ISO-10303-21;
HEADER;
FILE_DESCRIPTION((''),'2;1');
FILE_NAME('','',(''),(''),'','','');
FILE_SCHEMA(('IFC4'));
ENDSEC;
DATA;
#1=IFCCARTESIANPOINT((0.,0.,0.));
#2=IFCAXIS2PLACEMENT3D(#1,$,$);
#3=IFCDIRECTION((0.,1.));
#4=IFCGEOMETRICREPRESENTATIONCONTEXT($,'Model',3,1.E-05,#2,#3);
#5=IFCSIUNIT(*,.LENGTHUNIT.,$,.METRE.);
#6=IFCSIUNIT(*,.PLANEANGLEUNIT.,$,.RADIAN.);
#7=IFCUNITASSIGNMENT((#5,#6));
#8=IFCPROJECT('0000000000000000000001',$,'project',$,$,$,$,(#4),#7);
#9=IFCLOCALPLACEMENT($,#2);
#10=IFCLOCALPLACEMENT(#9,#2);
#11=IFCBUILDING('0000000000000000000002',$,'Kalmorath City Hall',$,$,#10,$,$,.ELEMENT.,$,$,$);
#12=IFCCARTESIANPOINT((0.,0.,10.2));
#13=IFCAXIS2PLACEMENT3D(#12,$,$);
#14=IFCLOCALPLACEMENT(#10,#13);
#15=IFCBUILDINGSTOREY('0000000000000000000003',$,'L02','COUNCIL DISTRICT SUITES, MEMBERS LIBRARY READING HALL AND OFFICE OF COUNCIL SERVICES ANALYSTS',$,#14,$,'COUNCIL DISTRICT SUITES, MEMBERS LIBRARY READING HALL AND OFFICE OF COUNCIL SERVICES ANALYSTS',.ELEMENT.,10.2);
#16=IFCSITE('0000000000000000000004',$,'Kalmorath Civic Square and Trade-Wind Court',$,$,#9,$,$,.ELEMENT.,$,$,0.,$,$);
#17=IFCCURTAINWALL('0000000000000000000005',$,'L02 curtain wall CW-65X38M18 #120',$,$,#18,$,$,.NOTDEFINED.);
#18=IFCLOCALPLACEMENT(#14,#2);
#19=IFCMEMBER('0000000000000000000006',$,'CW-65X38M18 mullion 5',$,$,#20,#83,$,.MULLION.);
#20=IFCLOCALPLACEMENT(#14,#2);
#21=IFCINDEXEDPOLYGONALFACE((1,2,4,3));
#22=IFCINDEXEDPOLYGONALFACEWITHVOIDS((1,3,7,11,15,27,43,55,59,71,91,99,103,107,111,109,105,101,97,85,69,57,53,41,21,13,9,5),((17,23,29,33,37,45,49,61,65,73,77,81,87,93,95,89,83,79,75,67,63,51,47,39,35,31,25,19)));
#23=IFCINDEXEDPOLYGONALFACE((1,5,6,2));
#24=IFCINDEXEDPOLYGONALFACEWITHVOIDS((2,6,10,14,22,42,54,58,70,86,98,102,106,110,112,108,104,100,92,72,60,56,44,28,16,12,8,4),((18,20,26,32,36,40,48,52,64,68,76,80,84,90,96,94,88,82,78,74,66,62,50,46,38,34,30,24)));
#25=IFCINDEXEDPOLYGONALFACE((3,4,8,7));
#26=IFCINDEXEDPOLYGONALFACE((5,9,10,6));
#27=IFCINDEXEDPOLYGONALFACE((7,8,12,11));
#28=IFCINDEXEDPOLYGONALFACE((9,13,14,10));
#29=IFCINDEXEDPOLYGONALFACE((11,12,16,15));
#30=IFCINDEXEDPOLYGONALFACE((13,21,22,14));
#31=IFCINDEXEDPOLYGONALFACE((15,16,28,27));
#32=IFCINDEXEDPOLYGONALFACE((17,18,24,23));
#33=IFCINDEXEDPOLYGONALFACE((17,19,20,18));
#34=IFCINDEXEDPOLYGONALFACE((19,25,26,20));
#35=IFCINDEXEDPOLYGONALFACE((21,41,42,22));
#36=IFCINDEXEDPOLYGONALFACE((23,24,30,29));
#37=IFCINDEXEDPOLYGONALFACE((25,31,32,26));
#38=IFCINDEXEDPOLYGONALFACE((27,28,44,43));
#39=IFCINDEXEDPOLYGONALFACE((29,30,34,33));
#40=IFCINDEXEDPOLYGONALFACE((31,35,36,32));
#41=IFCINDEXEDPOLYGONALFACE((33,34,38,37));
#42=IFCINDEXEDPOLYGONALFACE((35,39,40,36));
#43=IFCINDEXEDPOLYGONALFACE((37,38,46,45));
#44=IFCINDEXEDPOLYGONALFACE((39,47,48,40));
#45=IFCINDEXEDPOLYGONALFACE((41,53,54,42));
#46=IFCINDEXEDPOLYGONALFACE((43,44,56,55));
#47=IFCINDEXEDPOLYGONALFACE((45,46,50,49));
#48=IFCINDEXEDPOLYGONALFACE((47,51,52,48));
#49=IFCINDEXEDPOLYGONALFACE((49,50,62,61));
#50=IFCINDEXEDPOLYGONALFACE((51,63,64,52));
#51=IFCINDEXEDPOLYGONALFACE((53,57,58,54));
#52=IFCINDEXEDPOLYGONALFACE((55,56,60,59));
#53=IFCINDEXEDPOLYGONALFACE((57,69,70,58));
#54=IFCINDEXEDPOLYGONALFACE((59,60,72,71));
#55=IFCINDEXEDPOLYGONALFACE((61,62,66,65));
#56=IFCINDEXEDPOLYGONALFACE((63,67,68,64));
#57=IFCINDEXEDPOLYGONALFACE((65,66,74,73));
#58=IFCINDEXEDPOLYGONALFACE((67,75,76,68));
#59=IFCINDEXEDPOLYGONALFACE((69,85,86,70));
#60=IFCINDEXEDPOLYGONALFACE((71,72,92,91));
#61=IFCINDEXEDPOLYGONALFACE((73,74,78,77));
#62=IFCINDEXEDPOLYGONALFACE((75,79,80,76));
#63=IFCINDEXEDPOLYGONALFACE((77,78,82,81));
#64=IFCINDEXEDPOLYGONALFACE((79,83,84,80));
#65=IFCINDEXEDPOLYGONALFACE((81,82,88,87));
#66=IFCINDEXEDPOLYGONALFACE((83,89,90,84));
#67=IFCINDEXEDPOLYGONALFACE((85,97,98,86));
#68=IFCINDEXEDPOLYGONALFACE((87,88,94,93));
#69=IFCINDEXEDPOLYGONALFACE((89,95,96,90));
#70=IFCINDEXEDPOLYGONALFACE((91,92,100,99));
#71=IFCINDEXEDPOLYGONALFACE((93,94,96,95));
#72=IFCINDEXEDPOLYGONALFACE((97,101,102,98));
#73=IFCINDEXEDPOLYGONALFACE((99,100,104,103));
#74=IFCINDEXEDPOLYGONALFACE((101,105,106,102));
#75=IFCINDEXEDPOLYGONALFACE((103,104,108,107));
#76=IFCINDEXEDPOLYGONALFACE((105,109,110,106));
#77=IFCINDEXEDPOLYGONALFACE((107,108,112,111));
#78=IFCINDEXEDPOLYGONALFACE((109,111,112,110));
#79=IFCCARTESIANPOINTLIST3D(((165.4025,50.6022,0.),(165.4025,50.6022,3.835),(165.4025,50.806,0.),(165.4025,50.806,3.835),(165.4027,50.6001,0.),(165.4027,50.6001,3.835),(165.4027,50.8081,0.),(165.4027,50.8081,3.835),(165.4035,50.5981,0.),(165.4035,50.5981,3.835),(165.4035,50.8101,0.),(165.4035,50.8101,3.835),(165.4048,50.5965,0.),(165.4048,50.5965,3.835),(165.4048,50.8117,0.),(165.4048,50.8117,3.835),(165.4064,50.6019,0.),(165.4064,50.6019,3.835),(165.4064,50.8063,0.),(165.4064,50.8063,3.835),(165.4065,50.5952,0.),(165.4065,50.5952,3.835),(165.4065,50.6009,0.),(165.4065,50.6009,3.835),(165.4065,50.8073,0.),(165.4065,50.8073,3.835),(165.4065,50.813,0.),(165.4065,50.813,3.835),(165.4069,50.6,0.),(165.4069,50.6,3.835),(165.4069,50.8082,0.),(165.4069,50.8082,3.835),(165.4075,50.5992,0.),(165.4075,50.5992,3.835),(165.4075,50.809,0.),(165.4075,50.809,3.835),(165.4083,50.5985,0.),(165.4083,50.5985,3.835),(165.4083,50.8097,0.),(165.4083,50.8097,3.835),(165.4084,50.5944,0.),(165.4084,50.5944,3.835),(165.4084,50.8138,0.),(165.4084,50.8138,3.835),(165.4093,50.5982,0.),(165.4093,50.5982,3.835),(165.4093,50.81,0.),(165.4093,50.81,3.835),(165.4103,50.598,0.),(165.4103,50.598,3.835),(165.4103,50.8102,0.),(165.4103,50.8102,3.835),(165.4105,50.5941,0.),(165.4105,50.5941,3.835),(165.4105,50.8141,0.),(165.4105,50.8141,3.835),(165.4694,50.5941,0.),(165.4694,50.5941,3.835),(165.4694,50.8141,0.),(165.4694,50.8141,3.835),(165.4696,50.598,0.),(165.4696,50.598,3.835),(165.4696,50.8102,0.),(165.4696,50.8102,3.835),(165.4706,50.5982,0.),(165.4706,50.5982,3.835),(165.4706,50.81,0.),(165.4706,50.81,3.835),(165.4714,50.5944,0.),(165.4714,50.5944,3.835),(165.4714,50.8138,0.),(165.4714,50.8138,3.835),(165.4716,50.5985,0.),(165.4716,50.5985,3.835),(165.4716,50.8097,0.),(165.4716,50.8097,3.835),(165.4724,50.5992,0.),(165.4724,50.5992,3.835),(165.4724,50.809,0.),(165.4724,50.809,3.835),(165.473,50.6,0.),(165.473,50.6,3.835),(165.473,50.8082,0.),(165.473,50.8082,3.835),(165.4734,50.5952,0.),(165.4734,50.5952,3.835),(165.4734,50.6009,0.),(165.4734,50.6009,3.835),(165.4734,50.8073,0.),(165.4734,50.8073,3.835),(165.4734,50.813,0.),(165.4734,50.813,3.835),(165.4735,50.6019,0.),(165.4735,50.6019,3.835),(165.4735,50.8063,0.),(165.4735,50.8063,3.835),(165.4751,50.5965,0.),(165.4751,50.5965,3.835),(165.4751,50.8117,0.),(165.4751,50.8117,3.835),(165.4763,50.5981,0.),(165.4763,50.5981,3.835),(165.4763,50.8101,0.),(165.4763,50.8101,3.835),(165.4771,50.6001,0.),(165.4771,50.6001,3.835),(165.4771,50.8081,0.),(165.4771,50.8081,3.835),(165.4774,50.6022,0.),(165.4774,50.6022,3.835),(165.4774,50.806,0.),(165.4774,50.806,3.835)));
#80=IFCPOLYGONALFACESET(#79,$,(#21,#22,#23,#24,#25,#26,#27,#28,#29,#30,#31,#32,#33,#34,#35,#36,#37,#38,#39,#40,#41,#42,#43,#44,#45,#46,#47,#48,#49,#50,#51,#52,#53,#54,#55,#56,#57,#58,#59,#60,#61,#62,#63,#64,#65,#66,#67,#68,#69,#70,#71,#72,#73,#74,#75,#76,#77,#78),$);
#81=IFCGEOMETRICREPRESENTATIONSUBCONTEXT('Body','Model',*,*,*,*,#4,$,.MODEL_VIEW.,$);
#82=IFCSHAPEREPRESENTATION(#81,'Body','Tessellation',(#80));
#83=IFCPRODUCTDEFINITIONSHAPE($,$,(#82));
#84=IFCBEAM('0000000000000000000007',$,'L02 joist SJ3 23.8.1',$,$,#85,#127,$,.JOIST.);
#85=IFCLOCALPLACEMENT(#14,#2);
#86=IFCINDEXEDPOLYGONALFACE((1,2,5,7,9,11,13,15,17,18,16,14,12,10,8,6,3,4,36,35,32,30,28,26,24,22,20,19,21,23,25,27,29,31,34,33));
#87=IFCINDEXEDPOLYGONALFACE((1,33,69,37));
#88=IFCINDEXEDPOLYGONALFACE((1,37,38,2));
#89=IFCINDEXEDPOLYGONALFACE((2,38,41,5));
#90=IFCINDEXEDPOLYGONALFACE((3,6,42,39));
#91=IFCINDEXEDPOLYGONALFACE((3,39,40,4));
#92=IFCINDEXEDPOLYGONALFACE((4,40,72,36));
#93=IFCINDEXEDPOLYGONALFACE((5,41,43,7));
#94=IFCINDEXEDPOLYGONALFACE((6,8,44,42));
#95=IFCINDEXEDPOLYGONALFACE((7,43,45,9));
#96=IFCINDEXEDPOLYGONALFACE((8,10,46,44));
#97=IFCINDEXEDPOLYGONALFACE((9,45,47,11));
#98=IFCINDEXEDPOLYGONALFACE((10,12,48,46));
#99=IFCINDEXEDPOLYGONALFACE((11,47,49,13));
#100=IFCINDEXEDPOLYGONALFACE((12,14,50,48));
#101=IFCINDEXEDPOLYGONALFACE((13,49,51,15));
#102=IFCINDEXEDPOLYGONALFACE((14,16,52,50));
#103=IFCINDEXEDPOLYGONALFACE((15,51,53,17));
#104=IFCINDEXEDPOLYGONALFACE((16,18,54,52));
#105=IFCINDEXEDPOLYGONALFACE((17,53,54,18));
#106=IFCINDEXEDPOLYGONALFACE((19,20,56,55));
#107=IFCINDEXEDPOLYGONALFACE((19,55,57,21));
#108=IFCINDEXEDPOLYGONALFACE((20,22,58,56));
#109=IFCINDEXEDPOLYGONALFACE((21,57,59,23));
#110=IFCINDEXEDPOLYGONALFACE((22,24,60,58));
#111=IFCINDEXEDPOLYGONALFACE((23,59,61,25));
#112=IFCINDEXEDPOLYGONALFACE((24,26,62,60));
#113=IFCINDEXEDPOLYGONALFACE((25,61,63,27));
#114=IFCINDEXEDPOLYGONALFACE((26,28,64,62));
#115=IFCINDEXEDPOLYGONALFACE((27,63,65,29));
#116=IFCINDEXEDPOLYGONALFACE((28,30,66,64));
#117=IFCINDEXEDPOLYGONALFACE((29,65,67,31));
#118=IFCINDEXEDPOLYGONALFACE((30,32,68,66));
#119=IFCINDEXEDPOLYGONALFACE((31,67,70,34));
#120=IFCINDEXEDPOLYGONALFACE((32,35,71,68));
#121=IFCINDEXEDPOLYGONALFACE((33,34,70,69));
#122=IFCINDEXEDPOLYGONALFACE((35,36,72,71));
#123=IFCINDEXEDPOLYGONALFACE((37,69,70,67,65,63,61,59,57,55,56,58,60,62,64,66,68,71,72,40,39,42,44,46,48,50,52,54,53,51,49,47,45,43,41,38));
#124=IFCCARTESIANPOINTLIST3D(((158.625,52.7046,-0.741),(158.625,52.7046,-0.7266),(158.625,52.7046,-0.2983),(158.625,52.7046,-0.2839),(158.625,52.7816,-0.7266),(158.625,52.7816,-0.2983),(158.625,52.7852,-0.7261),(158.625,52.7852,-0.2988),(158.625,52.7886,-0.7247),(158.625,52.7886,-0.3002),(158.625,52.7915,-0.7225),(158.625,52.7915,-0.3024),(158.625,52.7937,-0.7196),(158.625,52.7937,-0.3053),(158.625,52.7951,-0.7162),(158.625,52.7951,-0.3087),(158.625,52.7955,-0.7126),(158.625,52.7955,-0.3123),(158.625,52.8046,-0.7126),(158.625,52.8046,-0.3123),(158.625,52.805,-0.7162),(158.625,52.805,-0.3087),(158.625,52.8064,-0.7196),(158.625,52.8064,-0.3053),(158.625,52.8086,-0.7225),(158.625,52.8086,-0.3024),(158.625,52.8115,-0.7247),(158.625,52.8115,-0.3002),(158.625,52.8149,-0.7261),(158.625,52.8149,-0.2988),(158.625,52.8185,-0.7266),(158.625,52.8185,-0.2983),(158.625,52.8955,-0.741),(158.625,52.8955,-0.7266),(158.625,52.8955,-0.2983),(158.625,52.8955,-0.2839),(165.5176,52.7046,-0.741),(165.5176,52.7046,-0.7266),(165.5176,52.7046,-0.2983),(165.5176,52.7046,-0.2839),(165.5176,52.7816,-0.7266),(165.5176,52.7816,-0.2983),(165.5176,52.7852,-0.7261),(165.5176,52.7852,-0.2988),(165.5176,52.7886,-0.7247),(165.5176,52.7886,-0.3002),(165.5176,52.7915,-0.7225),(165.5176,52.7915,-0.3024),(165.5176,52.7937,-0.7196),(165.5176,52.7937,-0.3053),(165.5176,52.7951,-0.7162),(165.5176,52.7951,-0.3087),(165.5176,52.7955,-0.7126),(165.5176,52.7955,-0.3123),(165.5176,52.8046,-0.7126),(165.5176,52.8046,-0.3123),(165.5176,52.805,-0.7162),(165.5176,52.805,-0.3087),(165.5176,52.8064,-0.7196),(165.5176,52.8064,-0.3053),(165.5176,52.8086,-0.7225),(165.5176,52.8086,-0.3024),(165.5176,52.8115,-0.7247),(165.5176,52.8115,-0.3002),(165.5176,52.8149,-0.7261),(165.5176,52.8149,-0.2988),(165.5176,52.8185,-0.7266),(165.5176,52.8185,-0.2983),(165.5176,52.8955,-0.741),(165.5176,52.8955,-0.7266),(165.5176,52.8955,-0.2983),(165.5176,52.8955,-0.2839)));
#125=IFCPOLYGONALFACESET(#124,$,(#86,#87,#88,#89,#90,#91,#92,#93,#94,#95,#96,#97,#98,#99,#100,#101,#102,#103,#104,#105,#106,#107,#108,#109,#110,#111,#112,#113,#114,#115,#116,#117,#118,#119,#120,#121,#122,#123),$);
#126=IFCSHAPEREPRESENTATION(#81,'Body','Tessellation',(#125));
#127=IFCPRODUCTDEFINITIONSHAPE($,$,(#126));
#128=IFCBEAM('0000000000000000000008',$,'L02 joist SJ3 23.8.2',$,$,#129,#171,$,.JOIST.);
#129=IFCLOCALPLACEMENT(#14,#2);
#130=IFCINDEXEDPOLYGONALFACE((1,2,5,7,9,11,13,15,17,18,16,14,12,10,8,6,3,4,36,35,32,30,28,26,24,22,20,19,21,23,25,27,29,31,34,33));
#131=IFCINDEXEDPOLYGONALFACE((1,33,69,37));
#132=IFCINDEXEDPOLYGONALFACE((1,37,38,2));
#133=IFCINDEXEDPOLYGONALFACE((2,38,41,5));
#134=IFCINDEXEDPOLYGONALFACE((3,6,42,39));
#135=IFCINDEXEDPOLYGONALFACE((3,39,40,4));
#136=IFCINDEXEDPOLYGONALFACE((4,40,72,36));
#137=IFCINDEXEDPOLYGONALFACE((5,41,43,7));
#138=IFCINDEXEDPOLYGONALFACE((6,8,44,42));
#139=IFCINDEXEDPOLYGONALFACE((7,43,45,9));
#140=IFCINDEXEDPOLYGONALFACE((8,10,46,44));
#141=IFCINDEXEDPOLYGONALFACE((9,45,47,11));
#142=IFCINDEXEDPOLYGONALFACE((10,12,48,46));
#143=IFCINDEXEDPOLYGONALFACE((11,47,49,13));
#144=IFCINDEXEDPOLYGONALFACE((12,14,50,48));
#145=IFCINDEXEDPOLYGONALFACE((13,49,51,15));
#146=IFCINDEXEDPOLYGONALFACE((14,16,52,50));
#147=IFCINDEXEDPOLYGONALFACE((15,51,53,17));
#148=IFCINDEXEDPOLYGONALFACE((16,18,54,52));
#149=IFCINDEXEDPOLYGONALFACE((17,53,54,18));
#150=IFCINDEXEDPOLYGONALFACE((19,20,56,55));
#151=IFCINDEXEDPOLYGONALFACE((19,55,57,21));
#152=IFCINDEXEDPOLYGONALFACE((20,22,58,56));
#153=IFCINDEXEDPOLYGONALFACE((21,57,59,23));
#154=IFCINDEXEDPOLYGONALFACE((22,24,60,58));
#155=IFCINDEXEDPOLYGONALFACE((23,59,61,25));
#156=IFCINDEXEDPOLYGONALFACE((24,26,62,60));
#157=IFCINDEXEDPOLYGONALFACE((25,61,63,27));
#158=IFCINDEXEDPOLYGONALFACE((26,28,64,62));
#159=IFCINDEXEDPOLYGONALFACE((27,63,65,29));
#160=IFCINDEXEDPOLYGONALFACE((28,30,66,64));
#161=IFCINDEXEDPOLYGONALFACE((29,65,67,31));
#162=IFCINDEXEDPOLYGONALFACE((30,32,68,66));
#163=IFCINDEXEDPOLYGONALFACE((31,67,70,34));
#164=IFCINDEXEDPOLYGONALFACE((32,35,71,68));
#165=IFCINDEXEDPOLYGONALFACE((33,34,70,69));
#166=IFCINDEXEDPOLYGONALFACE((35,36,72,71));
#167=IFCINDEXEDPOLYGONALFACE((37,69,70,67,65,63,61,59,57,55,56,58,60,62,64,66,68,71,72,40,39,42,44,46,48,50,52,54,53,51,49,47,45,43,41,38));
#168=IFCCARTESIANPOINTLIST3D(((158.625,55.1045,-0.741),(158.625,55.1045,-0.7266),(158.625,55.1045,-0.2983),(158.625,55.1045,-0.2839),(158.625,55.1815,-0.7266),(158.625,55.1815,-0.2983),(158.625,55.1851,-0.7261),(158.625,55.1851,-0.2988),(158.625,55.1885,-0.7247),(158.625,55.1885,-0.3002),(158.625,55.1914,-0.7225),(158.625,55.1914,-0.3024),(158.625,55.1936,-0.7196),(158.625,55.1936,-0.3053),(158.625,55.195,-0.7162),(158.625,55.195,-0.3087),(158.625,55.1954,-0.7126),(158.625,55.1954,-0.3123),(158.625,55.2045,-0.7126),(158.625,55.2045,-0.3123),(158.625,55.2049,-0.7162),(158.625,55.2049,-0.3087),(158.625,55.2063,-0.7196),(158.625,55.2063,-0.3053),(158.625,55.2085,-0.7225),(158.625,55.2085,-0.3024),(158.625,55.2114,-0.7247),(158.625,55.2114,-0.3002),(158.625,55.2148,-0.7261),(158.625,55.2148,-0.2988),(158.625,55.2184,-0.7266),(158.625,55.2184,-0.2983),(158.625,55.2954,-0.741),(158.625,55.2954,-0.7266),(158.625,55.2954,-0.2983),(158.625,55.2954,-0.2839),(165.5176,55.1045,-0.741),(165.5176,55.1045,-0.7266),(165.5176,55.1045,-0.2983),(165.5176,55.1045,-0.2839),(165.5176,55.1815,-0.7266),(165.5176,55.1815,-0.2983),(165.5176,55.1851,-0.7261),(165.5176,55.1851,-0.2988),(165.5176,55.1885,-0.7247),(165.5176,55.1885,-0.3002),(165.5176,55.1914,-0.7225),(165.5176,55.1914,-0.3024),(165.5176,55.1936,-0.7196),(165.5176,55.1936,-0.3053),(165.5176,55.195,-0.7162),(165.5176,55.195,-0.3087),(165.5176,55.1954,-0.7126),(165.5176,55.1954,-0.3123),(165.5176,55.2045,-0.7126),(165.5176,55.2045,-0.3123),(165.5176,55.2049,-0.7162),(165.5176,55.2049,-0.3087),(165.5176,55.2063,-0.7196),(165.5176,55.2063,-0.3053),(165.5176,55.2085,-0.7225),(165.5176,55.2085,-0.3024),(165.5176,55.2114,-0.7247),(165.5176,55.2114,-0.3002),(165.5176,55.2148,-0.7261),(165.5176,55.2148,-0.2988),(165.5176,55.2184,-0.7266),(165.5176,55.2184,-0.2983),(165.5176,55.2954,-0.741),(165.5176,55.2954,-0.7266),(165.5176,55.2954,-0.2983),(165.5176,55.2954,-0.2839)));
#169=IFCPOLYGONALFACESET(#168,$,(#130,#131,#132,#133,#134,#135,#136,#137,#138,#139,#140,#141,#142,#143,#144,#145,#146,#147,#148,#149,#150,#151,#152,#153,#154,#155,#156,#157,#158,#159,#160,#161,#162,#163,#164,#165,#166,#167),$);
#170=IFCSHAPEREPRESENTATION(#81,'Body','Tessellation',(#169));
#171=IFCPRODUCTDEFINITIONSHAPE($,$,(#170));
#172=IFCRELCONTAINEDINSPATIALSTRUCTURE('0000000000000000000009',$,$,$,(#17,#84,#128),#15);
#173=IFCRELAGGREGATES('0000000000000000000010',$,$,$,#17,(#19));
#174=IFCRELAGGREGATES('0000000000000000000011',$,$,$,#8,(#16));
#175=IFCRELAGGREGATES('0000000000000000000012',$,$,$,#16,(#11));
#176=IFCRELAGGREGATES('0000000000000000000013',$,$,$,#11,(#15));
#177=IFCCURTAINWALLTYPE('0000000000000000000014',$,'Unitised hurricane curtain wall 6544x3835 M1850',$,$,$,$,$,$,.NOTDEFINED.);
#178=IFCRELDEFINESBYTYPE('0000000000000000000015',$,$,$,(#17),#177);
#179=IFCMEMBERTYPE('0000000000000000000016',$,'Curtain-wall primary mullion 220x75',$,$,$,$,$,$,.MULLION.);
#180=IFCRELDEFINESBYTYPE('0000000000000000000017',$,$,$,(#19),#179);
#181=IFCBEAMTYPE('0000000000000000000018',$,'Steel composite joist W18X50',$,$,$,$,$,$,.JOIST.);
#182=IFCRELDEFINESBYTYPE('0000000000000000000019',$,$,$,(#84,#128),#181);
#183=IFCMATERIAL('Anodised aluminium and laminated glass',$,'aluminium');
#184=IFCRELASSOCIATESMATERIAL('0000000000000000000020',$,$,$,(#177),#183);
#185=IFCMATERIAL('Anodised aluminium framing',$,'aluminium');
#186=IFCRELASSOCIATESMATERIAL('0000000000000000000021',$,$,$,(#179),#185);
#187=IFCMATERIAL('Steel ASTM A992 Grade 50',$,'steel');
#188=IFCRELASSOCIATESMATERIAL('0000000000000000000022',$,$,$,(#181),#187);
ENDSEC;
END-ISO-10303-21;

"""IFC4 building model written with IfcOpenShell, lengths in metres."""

from ifc_helpers import new_model, si_unit, direction, frame, origin, origin_2d, place, context, subcontext, project, spatial, hollow_rectangle, i_section, extrude, material, material_profile, profile_set, type_object, element, aggregate, save


model = new_model("IFC4")

# Units and contexts
model_context = context("Model", 3, precision=1e-05, world=origin(), true_north=direction((0.0, 1.0)))
body_context = subcontext(model_context, "Body", "Model", "MODEL_VIEW")
ifc_project = project(units=[si_unit("LENGTHUNIT", "METRE"), si_unit("PLANEANGLEUNIT", "RADIAN")], contexts=[model_context])

# Site, building, storey
site_placement = place(None, origin())
site = spatial("IfcSite", under=ifc_project, at=site_placement, Name="Kalmorath Civic Square and Trade-Wind Court", CompositionType="ELEMENT", RefElevation=0.0)
building_placement = place(site_placement, origin())
building = spatial("IfcBuilding", under=site, at=building_placement, Name="Kalmorath City Hall", CompositionType="ELEMENT")
storey_placement = place(building_placement, frame((0.0, 0.0, 10.2)))
storey = spatial("IfcBuildingStorey", under=building, at=storey_placement, Name="L02", Description="COUNCIL DISTRICT SUITES, MEMBERS LIBRARY READING HALL AND OFFICE OF COUNCIL SERVICES ANALYSTS", LongName="COUNCIL DISTRICT SUITES, MEMBERS LIBRARY READING HALL AND OFFICE OF COUNCIL SERVICES ANALYSTS", CompositionType="ELEMENT", Elevation=10.2)

# Curtain wall, member
ifc_material_1 = material(Name="Anodised aluminium and laminated glass", Category="aluminium")
curtain_wall_type = type_object("IfcCurtainWallType", Name="Unitised hurricane curtain wall 6544x3835 M1850", PredefinedType="NOTDEFINED", material=ifc_material_1)
curtain_wall_placement = place(storey_placement, origin())
curtain_wall = element("IfcCurtainWall", 1, at=curtain_wall_placement, inside=storey, type_object=curtain_wall_type, Name="L02 curtain wall CW-65X38M18 #120", PredefinedType="NOTDEFINED")
ifc_material_2 = material(Name="Anodised aluminium framing", Category="aluminium")
ifc_material_profile_1 = material_profile(ifc_material_2, hollow_rectangle(XDim=0.075, YDim=0.22, WallThickness=0.0039, InnerFilletRadius=0.0039, OuterFilletRadius=0.0081, at=origin_2d()), Name="ALU-MUL-220X75X4")
ifc_profile_set_1 = profile_set([ifc_material_profile_1], Name="Anodised aluminium framing")
member_type_1 = type_object("IfcMemberType", Name="Curtain-wall primary mullion 220x75", PredefinedType="MULLION", material=ifc_profile_set_1)
member_1_placement = place(storey_placement, frame((165.4399, 50.7041, 0.0), z_axis=(0.0, 0.0, 1.0), x_axis=(1.0, 0.0, 0.0)))
member_1 = element("IfcMember", 2, at=member_1_placement, type_object=member_type_1, Name="CW-65X38M18 mullion 5", PredefinedType="MULLION", context=body_context, shape_type="SweptSolid", body=[
    extrude(hollow_rectangle(XDim=0.075, YDim=0.22, WallThickness=0.0039, InnerFilletRadius=0.0039, OuterFilletRadius=0.0081, at=origin_2d()), origin(), (0.0, 0.0, 1.0), 3.835),
])

# Beams
ifc_material_3 = material(Name="Steel ASTM A992 Grade 50", Category="steel")
ifc_material_profile_2 = material_profile(ifc_material_3, i_section(OverallWidth=0.1909, OverallDepth=0.457, WebThickness=0.009, FlangeThickness=0.0144, FilletRadius=0.0139, at=origin_2d()), Name="W18X50")
ifc_profile_set_2 = profile_set([ifc_material_profile_2], Name="Steel ASTM A992 Grade 50")
beam_type_1 = type_object("IfcBeamType", Name="Steel composite joist W18X50", PredefinedType="JOIST", material=ifc_profile_set_2)
for number, where, z_axis, x_axis, name in (
    (3, (158.625, 52.8, -0.5125), (1.0, 0.0, 0.0), (0.0, 1.0, 0.0), "L02 joist SJ3 23.8.1"),
    (4, (158.625, 55.2, -0.5125), (1.0, 0.0, 0.0), (0.0, 1.0, 0.0), "L02 joist SJ3 23.8.2"),
):
    element("IfcBeam", number, at=place(storey_placement, frame(where, z_axis=z_axis, x_axis=x_axis)), inside=storey, type_object=beam_type_1, Name=name, PredefinedType="JOIST", context=body_context, shape_type="SweptSolid", body=[
        extrude(i_section(OverallWidth=0.1909, OverallDepth=0.457, WebThickness=0.009, FlangeThickness=0.0144, FilletRadius=0.0139, at=origin_2d()), origin(), (0.0, 0.0, 1.0), 6.8926),
    ])

aggregate(curtain_wall, [member_1])

save(model, "model.ifc")
